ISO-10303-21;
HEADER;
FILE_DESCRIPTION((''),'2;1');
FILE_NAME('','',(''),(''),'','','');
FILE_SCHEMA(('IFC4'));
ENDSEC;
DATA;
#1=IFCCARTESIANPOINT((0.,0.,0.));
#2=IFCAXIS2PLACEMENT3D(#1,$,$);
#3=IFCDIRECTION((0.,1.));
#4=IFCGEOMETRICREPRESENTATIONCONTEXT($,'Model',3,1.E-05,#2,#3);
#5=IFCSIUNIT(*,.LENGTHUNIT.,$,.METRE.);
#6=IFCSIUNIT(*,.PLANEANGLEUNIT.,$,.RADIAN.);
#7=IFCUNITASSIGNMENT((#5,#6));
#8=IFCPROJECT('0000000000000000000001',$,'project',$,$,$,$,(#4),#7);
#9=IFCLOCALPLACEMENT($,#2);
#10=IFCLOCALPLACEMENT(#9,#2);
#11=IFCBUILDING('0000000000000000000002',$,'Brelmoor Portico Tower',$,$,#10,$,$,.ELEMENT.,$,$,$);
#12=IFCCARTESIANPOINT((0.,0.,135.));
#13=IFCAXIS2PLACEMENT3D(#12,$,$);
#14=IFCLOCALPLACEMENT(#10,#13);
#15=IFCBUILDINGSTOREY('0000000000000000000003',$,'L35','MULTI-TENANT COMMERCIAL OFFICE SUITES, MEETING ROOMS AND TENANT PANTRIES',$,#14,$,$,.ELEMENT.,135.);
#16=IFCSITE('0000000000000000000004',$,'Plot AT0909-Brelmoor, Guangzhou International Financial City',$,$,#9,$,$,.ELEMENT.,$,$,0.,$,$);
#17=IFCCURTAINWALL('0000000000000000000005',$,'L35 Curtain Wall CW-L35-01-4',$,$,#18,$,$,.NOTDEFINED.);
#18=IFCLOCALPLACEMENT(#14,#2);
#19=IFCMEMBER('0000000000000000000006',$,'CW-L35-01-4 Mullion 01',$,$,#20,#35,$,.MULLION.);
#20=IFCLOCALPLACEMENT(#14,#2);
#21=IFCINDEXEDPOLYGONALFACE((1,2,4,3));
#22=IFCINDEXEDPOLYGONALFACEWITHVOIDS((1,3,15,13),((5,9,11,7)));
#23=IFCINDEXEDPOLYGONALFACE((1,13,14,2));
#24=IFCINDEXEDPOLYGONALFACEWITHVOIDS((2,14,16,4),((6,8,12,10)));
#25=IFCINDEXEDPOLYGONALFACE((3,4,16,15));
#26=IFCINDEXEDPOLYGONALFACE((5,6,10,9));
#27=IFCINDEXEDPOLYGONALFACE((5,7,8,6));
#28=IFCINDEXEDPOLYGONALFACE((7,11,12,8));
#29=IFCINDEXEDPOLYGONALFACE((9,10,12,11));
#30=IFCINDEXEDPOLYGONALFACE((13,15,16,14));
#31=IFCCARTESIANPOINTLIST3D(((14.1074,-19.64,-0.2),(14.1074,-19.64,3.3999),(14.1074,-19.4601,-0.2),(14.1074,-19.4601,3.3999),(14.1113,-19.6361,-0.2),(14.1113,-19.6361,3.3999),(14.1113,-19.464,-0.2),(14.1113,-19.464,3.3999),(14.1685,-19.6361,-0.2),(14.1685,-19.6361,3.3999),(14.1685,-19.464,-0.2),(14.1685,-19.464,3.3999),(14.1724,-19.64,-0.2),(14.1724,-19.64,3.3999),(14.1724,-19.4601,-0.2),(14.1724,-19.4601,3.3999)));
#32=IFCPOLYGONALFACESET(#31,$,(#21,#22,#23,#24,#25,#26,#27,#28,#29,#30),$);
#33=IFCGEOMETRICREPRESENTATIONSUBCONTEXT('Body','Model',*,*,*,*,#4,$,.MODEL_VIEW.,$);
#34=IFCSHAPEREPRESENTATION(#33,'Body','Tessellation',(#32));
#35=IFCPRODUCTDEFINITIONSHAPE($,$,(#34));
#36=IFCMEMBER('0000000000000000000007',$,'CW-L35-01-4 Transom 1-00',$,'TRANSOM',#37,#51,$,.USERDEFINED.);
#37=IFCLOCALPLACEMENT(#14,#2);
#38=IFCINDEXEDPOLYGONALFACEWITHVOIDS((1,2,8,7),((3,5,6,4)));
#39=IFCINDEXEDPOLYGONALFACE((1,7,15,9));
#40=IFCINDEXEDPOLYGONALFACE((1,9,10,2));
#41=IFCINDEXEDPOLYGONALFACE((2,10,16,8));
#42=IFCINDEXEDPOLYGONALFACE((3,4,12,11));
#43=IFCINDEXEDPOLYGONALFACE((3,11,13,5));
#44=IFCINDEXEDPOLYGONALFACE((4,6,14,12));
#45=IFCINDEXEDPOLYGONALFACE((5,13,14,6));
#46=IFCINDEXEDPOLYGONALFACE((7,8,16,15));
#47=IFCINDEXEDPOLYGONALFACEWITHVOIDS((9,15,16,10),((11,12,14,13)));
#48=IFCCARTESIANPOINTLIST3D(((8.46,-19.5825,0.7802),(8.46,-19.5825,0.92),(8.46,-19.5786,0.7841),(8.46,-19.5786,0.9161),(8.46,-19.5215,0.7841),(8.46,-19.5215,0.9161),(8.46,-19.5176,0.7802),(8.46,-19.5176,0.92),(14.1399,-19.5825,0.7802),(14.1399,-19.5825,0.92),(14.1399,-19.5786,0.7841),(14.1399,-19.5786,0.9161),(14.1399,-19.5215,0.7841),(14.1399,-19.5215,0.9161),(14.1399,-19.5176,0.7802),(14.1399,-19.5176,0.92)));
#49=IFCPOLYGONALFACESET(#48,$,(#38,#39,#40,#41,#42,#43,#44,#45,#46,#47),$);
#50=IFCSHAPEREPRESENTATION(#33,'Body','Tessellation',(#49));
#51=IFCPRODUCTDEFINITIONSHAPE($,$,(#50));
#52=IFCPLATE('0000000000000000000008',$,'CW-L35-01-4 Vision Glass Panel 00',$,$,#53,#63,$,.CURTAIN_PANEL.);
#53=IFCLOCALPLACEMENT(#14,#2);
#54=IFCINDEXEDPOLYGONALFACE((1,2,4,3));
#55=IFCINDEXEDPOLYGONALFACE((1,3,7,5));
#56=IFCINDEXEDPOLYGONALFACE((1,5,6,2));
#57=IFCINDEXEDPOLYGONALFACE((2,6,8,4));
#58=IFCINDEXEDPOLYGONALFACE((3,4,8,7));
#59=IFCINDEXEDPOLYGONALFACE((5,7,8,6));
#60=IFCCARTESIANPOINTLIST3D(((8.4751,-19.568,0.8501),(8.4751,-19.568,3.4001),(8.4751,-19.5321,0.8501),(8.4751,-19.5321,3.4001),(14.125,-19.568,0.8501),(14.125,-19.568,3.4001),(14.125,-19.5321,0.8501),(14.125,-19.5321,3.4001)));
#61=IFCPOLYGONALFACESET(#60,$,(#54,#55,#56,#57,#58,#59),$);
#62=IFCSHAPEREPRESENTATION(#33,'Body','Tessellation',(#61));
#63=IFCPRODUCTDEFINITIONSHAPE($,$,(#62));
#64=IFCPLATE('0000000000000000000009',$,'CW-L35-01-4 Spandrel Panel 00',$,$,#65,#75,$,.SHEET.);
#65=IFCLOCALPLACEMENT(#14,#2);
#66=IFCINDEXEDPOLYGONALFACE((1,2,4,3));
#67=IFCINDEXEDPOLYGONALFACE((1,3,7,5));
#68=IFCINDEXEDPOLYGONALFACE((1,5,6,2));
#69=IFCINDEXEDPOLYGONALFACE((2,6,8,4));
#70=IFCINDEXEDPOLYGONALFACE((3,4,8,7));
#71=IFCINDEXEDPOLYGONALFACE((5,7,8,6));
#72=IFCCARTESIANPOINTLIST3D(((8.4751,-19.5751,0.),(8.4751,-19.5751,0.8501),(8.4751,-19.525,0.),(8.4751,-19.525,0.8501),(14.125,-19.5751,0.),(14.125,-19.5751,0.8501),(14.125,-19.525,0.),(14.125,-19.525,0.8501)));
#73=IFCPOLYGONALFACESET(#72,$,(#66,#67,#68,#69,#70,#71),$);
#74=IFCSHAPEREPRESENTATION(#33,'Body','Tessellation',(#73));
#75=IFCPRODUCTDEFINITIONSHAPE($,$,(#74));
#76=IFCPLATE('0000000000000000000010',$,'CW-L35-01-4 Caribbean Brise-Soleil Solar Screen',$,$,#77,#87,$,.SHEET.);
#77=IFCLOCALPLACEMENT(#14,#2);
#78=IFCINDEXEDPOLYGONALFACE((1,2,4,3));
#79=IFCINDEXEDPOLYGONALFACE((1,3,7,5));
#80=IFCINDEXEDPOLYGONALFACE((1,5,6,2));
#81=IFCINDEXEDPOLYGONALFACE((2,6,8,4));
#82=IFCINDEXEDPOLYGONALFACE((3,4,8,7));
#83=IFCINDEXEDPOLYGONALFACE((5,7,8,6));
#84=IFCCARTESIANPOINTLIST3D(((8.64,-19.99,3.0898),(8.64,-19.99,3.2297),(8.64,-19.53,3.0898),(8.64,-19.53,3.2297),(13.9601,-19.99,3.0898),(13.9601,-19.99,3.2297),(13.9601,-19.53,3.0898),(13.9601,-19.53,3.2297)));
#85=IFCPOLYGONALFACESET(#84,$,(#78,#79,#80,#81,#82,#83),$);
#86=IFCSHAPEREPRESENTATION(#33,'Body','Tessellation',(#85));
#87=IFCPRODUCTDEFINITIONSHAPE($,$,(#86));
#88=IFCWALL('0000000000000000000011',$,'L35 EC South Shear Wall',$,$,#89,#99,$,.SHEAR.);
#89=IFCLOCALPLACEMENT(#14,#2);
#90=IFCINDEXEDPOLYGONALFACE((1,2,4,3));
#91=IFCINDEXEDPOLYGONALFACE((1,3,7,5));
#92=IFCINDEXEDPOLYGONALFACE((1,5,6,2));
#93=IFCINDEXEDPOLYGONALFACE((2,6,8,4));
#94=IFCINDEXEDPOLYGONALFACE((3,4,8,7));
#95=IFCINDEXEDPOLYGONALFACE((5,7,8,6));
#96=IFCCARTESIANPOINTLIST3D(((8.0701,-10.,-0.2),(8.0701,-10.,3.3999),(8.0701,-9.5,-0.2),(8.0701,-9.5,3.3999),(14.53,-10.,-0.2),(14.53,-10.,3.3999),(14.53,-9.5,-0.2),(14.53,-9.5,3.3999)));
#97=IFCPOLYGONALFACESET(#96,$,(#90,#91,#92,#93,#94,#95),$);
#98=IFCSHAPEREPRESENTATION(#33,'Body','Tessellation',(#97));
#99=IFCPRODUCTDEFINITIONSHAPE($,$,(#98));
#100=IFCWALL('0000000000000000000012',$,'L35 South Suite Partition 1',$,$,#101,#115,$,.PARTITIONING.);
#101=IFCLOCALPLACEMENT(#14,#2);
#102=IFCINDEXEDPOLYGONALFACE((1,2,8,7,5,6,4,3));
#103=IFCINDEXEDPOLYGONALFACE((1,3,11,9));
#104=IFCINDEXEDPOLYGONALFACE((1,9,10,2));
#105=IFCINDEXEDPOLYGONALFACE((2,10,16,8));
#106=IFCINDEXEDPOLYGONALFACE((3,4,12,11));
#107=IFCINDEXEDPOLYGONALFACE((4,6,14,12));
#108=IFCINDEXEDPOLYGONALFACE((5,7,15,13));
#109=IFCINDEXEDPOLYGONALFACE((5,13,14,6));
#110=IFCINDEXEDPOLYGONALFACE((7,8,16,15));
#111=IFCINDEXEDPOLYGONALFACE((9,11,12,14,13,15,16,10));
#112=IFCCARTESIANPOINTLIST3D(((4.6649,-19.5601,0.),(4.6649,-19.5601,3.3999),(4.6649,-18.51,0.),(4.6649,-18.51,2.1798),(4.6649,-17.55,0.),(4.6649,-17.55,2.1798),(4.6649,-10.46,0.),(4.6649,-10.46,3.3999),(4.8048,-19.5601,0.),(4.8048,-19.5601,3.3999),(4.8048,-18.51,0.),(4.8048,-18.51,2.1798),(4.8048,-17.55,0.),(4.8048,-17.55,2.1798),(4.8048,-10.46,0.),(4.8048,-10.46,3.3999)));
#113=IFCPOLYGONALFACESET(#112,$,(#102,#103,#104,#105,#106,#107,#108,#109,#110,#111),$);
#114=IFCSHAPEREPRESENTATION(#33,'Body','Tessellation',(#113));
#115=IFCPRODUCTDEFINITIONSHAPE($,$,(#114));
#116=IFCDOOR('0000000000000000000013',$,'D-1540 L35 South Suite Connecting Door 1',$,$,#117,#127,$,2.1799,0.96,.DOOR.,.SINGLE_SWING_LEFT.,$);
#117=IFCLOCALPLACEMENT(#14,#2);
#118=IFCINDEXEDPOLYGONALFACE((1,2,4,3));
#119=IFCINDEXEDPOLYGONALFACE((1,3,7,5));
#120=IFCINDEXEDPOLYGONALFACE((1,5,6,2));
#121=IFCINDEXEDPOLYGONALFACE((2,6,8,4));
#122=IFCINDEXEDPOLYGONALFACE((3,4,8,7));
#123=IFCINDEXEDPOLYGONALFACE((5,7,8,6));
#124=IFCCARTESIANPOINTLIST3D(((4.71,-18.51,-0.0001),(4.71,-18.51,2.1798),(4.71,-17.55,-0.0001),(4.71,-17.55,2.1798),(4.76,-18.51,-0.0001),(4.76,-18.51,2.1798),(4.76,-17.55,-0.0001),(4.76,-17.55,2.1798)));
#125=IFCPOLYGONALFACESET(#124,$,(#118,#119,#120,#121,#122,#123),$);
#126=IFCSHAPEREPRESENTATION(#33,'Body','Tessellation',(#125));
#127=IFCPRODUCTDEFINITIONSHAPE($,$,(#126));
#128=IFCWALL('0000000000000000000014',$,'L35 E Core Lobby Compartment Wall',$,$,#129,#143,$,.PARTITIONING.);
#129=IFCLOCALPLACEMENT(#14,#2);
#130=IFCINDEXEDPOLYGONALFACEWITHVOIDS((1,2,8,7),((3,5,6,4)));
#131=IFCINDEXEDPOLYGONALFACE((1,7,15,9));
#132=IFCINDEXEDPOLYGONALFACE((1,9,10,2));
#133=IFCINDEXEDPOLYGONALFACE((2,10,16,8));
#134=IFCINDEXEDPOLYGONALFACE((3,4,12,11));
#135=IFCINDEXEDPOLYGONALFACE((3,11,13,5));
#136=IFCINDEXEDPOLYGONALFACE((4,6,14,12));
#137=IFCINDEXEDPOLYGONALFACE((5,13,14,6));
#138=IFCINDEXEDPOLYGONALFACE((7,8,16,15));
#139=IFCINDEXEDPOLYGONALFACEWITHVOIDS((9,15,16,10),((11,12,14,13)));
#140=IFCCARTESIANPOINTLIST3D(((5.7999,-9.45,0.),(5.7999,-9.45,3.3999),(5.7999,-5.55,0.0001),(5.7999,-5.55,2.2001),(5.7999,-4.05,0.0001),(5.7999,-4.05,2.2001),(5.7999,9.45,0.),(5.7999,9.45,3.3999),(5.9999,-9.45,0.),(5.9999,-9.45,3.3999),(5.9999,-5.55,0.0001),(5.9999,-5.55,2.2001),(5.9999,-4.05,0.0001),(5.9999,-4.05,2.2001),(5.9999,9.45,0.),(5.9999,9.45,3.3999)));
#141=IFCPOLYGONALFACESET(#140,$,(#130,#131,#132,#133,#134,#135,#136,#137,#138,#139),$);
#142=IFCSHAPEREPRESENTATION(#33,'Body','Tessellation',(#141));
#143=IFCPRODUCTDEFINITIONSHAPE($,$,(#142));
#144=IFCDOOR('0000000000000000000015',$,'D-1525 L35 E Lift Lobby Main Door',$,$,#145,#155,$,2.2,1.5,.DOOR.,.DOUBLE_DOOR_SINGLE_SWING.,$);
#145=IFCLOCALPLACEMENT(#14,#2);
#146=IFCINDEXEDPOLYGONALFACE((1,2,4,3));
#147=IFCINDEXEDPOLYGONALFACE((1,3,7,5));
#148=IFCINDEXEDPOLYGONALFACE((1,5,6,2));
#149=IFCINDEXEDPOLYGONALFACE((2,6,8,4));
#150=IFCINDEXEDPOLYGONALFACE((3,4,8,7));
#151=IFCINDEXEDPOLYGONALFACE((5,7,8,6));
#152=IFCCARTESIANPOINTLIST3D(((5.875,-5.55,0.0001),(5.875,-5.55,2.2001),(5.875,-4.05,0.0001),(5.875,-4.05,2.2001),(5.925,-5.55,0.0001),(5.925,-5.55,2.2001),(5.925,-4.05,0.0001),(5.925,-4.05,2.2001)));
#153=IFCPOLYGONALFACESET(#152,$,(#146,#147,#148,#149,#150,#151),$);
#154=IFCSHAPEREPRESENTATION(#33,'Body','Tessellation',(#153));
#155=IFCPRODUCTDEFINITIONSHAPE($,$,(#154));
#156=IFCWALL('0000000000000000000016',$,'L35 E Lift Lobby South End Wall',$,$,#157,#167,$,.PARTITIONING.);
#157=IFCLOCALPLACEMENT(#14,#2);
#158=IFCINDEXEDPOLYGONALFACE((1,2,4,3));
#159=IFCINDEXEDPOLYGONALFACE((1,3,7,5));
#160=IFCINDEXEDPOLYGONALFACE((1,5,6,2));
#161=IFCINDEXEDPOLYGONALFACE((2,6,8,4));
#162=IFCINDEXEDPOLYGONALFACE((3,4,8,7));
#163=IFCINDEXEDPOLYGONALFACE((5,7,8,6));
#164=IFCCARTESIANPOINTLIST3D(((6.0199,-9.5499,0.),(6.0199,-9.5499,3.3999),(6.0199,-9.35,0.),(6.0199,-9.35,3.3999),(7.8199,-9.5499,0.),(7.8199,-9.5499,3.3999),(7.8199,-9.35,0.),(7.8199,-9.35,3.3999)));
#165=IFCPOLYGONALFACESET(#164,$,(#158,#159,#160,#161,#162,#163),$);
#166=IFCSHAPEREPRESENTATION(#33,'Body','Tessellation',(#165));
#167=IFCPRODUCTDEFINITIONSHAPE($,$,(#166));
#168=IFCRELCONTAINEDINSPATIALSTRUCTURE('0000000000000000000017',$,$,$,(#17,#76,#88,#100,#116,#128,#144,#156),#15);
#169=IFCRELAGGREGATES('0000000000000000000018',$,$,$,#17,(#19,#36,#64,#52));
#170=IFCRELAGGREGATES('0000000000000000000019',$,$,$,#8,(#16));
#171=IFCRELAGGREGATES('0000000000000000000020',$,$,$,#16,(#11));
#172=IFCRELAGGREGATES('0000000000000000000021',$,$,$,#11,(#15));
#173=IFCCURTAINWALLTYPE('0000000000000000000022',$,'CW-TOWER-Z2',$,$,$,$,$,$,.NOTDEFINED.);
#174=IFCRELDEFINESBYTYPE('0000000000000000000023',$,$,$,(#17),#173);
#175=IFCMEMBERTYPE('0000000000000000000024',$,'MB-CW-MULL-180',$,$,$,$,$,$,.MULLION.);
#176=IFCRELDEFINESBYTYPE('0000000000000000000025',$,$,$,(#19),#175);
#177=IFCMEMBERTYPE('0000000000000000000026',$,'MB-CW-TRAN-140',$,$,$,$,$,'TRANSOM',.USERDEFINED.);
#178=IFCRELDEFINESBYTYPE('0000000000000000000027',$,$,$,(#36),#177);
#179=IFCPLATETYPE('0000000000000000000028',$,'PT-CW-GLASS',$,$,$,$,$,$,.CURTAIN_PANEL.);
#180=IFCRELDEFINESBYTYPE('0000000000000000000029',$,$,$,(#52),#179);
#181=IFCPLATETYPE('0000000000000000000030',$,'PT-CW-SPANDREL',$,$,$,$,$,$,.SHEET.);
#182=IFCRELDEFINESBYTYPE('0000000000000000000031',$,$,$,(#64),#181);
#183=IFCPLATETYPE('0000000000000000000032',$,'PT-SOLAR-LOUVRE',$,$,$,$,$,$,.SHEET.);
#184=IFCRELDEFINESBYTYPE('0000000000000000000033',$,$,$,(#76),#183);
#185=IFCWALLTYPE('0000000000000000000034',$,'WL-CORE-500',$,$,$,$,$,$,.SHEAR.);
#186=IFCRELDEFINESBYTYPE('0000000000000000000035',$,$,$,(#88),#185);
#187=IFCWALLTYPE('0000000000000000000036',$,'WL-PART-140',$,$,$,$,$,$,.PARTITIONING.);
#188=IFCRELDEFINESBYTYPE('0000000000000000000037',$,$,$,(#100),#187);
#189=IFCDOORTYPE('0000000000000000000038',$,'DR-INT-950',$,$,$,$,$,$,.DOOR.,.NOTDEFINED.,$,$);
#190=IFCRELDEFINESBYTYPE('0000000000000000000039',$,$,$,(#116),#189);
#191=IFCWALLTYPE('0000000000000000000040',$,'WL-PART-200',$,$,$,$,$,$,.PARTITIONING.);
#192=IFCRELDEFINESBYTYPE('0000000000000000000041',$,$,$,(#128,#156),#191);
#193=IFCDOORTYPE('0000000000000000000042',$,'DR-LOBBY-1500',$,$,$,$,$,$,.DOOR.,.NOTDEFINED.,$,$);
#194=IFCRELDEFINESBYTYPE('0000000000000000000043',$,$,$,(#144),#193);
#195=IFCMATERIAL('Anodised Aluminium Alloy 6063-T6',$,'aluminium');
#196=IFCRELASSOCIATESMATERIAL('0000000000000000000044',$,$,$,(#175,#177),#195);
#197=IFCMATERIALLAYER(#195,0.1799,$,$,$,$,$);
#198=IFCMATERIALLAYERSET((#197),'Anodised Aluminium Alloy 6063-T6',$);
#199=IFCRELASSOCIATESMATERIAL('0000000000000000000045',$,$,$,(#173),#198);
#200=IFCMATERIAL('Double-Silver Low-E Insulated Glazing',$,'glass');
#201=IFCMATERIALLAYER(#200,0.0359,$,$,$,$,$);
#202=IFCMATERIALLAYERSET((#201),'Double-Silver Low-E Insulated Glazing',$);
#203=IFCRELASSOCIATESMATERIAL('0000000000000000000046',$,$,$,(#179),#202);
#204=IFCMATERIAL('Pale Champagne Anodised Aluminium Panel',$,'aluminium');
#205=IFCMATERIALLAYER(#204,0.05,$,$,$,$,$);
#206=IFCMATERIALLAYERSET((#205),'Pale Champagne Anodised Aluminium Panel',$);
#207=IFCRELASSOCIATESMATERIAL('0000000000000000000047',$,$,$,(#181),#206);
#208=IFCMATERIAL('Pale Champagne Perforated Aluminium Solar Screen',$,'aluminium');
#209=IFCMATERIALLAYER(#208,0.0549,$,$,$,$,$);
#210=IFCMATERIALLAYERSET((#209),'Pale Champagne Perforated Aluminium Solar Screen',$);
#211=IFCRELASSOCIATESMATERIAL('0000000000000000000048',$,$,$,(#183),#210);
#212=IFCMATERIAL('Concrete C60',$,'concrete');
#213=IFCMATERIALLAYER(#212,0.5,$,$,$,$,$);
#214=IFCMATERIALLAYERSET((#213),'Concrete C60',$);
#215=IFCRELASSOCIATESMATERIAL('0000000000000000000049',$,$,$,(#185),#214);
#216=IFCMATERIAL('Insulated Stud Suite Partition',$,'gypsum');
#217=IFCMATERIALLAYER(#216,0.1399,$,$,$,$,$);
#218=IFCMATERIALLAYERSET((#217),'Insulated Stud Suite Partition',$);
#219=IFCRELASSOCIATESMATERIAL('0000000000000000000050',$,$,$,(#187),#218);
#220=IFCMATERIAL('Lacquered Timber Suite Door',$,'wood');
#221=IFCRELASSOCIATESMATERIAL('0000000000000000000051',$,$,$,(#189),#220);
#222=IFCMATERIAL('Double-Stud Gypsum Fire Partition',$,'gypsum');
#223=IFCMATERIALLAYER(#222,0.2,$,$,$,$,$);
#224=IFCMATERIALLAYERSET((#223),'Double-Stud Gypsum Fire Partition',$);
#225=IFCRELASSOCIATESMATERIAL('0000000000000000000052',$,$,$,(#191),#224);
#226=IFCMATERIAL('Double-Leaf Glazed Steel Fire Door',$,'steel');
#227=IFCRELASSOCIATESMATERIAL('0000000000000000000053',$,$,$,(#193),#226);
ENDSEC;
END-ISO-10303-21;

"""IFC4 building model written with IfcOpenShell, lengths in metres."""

from ifc_helpers import new_model, si_unit, direction, frame, frame_2d, origin, origin_2d, place, context, subcontext, project, spatial, rectangle, hollow_rectangle, extrude, material, layer, layer_set, material_profile, profile_set, type_object, element, fill, aggregate, save


model = new_model("IFC4")

# Units and contexts
model_context = context("Model", 3, precision=1e-05, world=origin(), true_north=direction((0.0, 1.0)))
body_context = subcontext(model_context, "Body", "Model", "MODEL_VIEW")
ifc_project = project(units=[si_unit("LENGTHUNIT", "METRE"), si_unit("PLANEANGLEUNIT", "RADIAN")], contexts=[model_context])

# Site, building, storey
site_placement = place(None, origin())
site = spatial("IfcSite", under=ifc_project, at=site_placement, Name="Plot AT0909-Brelmoor, Guangzhou International Financial City", CompositionType="ELEMENT", RefElevation=0.0)
building_placement = place(site_placement, origin())
building = spatial("IfcBuilding", under=site, at=building_placement, Name="Brelmoor Portico Tower", CompositionType="ELEMENT")
storey_placement = place(building_placement, frame((0.0, 0.0, 135.0)))
storey = spatial("IfcBuildingStorey", under=building, at=storey_placement, Name="L35", Description="MULTI-TENANT COMMERCIAL OFFICE SUITES, MEETING ROOMS AND TENANT PANTRIES", CompositionType="ELEMENT", Elevation=135.0)

# Shared definitions
ifc_material_1 = material(Name="Anodised Aluminium Alloy 6063-T6", Category="aluminium")
ifc_material_profile_1 = material_profile(ifc_material_1, hollow_rectangle(XDim=0.0649, YDim=0.1799, WallThickness=0.0039, at=origin_2d()), Name="ALU MULLION 65x180")
ifc_profile_set_1 = profile_set([ifc_material_profile_1], Name="Anodised Aluminium Alloy 6063-T6")
member_type_1 = type_object("IfcMemberType", Name="MB-CW-MULL-180", PredefinedType="MULLION", material=ifc_profile_set_1)

# Curtain wall, members, plates
ifc_layer_1 = layer(ifc_material_1, 0.1799)
ifc_layer_set_1 = layer_set([ifc_layer_1], Name="Anodised Aluminium Alloy 6063-T6")
curtain_wall_type_1 = type_object("IfcCurtainWallType", Name="CW-TOWER-Z2", PredefinedType="NOTDEFINED", material=ifc_layer_set_1)
curtain_wall_1_placement = place(storey_placement, origin())
curtain_wall_1 = element("IfcCurtainWall", 1, at=curtain_wall_1_placement, inside=storey, type_object=curtain_wall_type_1, Name="L35 Curtain Wall CW-L35-01-4", PredefinedType="NOTDEFINED")
member_1_placement = place(storey_placement, frame((14.1399, -19.55, -0.2), z_axis=(0.0, 0.0, 1.0), x_axis=(1.0, 0.0, 0.0)))
member_1 = element("IfcMember", 2, at=member_1_placement, type_object=member_type_1, Name="CW-L35-01-4 Mullion 01", PredefinedType="MULLION", context=body_context, shape_type="SweptSolid", body=[
    extrude(hollow_rectangle(XDim=0.0649, YDim=0.1799, WallThickness=0.0039, at=origin_2d()), origin(), (0.0, 0.0, 1.0), 3.5999),
])
ifc_material_profile_2 = material_profile(ifc_material_1, hollow_rectangle(XDim=0.0649, YDim=0.1399, WallThickness=0.0039, at=origin_2d()), Name="ALU TRANSOM 65x140")
ifc_profile_set_2 = profile_set([ifc_material_profile_2], Name="Anodised Aluminium Alloy 6063-T6")
member_type_2 = type_object("IfcMemberType", Name="MB-CW-TRAN-140", ElementType="TRANSOM", PredefinedType="USERDEFINED", material=ifc_profile_set_2)
member_2_placement = place(storey_placement, frame((8.46, -19.55, 0.8501), z_axis=(1.0, 0.0, 0.0), x_axis=(0.0, 1.0, 0.0)))
member_2 = element("IfcMember", 3, at=member_2_placement, type_object=member_type_2, Name="CW-L35-01-4 Transom 1-00", ObjectType="TRANSOM", PredefinedType="USERDEFINED", context=body_context, shape_type="SweptSolid", body=[
    extrude(hollow_rectangle(XDim=0.0649, YDim=0.1399, WallThickness=0.0039, at=origin_2d()), origin(), (0.0, 0.0, 1.0), 5.6799),
])
ifc_material_2 = material(Name="Double-Silver Low-E Insulated Glazing", Category="glass")
ifc_layer_2 = layer(ifc_material_2, 0.0359)
ifc_layer_set_2 = layer_set([ifc_layer_2], Name="Double-Silver Low-E Insulated Glazing")
plate_type_1 = type_object("IfcPlateType", Name="PT-CW-GLASS", PredefinedType="CURTAIN_PANEL", material=ifc_layer_set_2)
plate_1_placement = place(storey_placement, frame((11.3, -19.55, 0.8501), z_axis=(0.0, 0.0, 1.0), x_axis=(1.0, 0.0, 0.0)))
plate_1 = element("IfcPlate", 4, at=plate_1_placement, type_object=plate_type_1, Name="CW-L35-01-4 Vision Glass Panel 00", PredefinedType="CURTAIN_PANEL", context=body_context, shape_type="SweptSolid", body=[
    extrude(rectangle(XDim=5.6499, YDim=0.0359, at=origin_2d()), origin(), (0.0, 0.0, 1.0), 2.55),
])
ifc_material_3 = material(Name="Pale Champagne Anodised Aluminium Panel", Category="aluminium")
ifc_layer_3 = layer(ifc_material_3, 0.05)
ifc_layer_set_3 = layer_set([ifc_layer_3], Name="Pale Champagne Anodised Aluminium Panel")
plate_type_2 = type_object("IfcPlateType", Name="PT-CW-SPANDREL", PredefinedType="SHEET", material=ifc_layer_set_3)
plate_2_placement = place(storey_placement, frame((11.3, -19.55, 0.0), z_axis=(0.0, 0.0, 1.0), x_axis=(1.0, 0.0, 0.0)))
plate_2 = element("IfcPlate", 5, at=plate_2_placement, type_object=plate_type_2, Name="CW-L35-01-4 Spandrel Panel 00", PredefinedType="SHEET", context=body_context, shape_type="SweptSolid", body=[
    extrude(rectangle(XDim=5.6499, YDim=0.05, at=origin_2d()), origin(), (0.0, 0.0, 1.0), 0.8501),
])
aggregate(curtain_wall_1, [member_1, member_2, plate_2, plate_1])

# Plate
ifc_material_4 = material(Name="Pale Champagne Perforated Aluminium Solar Screen", Category="aluminium")
ifc_layer_4 = layer(ifc_material_4, 0.0549)
ifc_layer_set_4 = layer_set([ifc_layer_4], Name="Pale Champagne Perforated Aluminium Solar Screen")
plate_type_3 = type_object("IfcPlateType", Name="PT-SOLAR-LOUVRE", PredefinedType="SHEET", material=ifc_layer_set_4)
plate_3_placement = place(storey_placement, frame((11.3, -19.76, 3.0898), z_axis=(0.0, 0.0, 1.0), x_axis=(1.0, 0.0, 0.0)))
element("IfcPlate", 6, at=plate_3_placement, inside=storey, type_object=plate_type_3, Name="CW-L35-01-4 Caribbean Brise-Soleil Solar Screen", PredefinedType="SHEET", context=body_context, shape_type="SweptSolid", body=[
    extrude(rectangle(XDim=5.3201, YDim=0.46, at=origin_2d()), origin(), (0.0, 0.0, 1.0), 0.1399),
])

# Wall
ifc_material_5 = material(Name="Concrete C60", Category="concrete")
ifc_layer_5 = layer(ifc_material_5, 0.5)
ifc_layer_set_5 = layer_set([ifc_layer_5], Name="Concrete C60")
wall_type_1 = type_object("IfcWallType", Name="WL-CORE-500", PredefinedType="SHEAR", material=ifc_layer_set_5)
wall_1_placement = place(storey_placement, frame((8.0701, -9.75, -0.2), z_axis=(0.0, 0.0, 1.0), x_axis=(1.0, 0.0, 0.0)))
element("IfcWall", 7, at=wall_1_placement, inside=storey, type_object=wall_type_1, Name="L35 EC South Shear Wall", PredefinedType="SHEAR", context=body_context, shape_type="SweptSolid", body=[
    extrude(rectangle(XDim=6.46, YDim=0.5, at=frame_2d((3.23, 0.0))), origin(), (0.0, 0.0, 1.0), 3.5999),
])

# Wall, opening, door
ifc_material_6 = material(Name="Insulated Stud Suite Partition", Category="gypsum")
ifc_layer_6 = layer(ifc_material_6, 0.1399)
ifc_layer_set_6 = layer_set([ifc_layer_6], Name="Insulated Stud Suite Partition")
wall_type_2 = type_object("IfcWallType", Name="WL-PART-140", PredefinedType="PARTITIONING", material=ifc_layer_set_6)
wall_2_placement = place(storey_placement, frame((4.7349, -19.5601, 0.0), z_axis=(0.0, 0.0, 1.0), x_axis=(0.0, 1.0, 0.0)))
wall_2 = element("IfcWall", 8, at=wall_2_placement, inside=storey, type_object=wall_type_2, Name="L35 South Suite Partition 1", PredefinedType="PARTITIONING", context=body_context, shape_type="SweptSolid", body=[
    extrude(rectangle(XDim=9.1001, YDim=0.1399, at=frame_2d((4.55, 0.0))), origin(), (0.0, 0.0, 1.0), 3.3999),
])
opening_1_placement = place(wall_2_placement, frame((1.05, 0.0, 0.0)))
opening_1 = element("IfcOpeningElement", 9, at=opening_1_placement, cuts=wall_2, PredefinedType="OPENING", context=body_context, shape_type="SweptSolid", body=[
    extrude(rectangle(XDim=0.96, YDim=2.1799, at=frame_2d((0.48, 1.0898))), frame((0.0, 0.0798, 0.0), z_axis=(0.0, -1.0, 0.0), x_axis=(1.0, 0.0, 0.0)), (0.0, 0.0, 1.0), 0.1599),
])
ifc_material_7 = material(Name="Lacquered Timber Suite Door", Category="wood")
door_type_1 = type_object("IfcDoorType", Name="DR-INT-950", OperationType="NOTDEFINED", PredefinedType="DOOR", material=ifc_material_7)
door_1_placement = place(opening_1_placement, origin())
door_1 = element("IfcDoor", 10, at=door_1_placement, inside=storey, type_object=door_type_1, Name="D-1540 L35 South Suite Connecting Door 1", OperationType="SINGLE_SWING_LEFT", OverallHeight=2.1799, OverallWidth=0.96, PredefinedType="DOOR", context=body_context, shape_type="SweptSolid", body=[
    extrude(rectangle(XDim=0.96, YDim=2.1799, at=frame_2d((0.48, 1.0898))), frame((0.0, 0.0249, 0.0), z_axis=(0.0, -1.0, 0.0), x_axis=(1.0, 0.0, 0.0)), (0.0, 0.0, 1.0), 0.05),
])
fill(opening_1, door_1)

# Wall, opening, door
ifc_material_8 = material(Name="Double-Stud Gypsum Fire Partition", Category="gypsum")
ifc_layer_7 = layer(ifc_material_8, 0.2)
ifc_layer_set_7 = layer_set([ifc_layer_7], Name="Double-Stud Gypsum Fire Partition")
wall_type_3 = type_object("IfcWallType", Name="WL-PART-200", PredefinedType="PARTITIONING", material=ifc_layer_set_7)
wall_3_placement = place(storey_placement, frame((5.8999, -9.45, 0.0), z_axis=(0.0, 0.0, 1.0), x_axis=(0.0, 1.0, 0.0)))
wall_3 = element("IfcWall", 11, at=wall_3_placement, inside=storey, type_object=wall_type_3, Name="L35 E Core Lobby Compartment Wall", PredefinedType="PARTITIONING", context=body_context, shape_type="SweptSolid", body=[
    extrude(rectangle(XDim=18.8999, YDim=0.2, at=frame_2d((9.45, 0.0))), origin(), (0.0, 0.0, 1.0), 3.3999),
])
opening_2_placement = place(wall_3_placement, frame((3.8999, 0.0, 0.0)))
opening_2 = element("IfcOpeningElement", 12, at=opening_2_placement, cuts=wall_3, PredefinedType="OPENING", context=body_context, shape_type="SweptSolid", body=[
    extrude(rectangle(XDim=1.5, YDim=2.2, at=frame_2d((0.75, 1.1001))), frame((0.0, 0.1099, 0.0), z_axis=(0.0, -1.0, 0.0), x_axis=(1.0, 0.0, 0.0)), (0.0, 0.0, 1.0), 0.22),
])
ifc_material_9 = material(Name="Double-Leaf Glazed Steel Fire Door", Category="steel")
door_type_2 = type_object("IfcDoorType", Name="DR-LOBBY-1500", OperationType="NOTDEFINED", PredefinedType="DOOR", material=ifc_material_9)
door_2_placement = place(opening_2_placement, origin())
door_2 = element("IfcDoor", 13, at=door_2_placement, inside=storey, type_object=door_type_2, Name="D-1525 L35 E Lift Lobby Main Door", OperationType="DOUBLE_DOOR_SINGLE_SWING", OverallHeight=2.2, OverallWidth=1.5, PredefinedType="DOOR", context=body_context, shape_type="SweptSolid", body=[
    extrude(rectangle(XDim=1.5, YDim=2.2, at=frame_2d((0.75, 1.1001))), frame((0.0, 0.0249, 0.0), z_axis=(0.0, -1.0, 0.0), x_axis=(1.0, 0.0, 0.0)), (0.0, 0.0, 1.0), 0.05),
])
fill(opening_2, door_2)

# Wall
wall_4_placement = place(storey_placement, frame((6.02, -9.45, 0.0), z_axis=(0.0, 0.0, 1.0), x_axis=(1.0, 0.0, 0.0)))
element("IfcWall", 14, at=wall_4_placement, inside=storey, type_object=wall_type_3, Name="L35 E Lift Lobby South End Wall", PredefinedType="PARTITIONING", context=body_context, shape_type="SweptSolid", body=[
    extrude(rectangle(XDim=1.8, YDim=0.2, at=frame_2d((0.8999, 0.0))), origin(), (0.0, 0.0, 1.0), 3.3999),
])

save(model, "model.ifc")
